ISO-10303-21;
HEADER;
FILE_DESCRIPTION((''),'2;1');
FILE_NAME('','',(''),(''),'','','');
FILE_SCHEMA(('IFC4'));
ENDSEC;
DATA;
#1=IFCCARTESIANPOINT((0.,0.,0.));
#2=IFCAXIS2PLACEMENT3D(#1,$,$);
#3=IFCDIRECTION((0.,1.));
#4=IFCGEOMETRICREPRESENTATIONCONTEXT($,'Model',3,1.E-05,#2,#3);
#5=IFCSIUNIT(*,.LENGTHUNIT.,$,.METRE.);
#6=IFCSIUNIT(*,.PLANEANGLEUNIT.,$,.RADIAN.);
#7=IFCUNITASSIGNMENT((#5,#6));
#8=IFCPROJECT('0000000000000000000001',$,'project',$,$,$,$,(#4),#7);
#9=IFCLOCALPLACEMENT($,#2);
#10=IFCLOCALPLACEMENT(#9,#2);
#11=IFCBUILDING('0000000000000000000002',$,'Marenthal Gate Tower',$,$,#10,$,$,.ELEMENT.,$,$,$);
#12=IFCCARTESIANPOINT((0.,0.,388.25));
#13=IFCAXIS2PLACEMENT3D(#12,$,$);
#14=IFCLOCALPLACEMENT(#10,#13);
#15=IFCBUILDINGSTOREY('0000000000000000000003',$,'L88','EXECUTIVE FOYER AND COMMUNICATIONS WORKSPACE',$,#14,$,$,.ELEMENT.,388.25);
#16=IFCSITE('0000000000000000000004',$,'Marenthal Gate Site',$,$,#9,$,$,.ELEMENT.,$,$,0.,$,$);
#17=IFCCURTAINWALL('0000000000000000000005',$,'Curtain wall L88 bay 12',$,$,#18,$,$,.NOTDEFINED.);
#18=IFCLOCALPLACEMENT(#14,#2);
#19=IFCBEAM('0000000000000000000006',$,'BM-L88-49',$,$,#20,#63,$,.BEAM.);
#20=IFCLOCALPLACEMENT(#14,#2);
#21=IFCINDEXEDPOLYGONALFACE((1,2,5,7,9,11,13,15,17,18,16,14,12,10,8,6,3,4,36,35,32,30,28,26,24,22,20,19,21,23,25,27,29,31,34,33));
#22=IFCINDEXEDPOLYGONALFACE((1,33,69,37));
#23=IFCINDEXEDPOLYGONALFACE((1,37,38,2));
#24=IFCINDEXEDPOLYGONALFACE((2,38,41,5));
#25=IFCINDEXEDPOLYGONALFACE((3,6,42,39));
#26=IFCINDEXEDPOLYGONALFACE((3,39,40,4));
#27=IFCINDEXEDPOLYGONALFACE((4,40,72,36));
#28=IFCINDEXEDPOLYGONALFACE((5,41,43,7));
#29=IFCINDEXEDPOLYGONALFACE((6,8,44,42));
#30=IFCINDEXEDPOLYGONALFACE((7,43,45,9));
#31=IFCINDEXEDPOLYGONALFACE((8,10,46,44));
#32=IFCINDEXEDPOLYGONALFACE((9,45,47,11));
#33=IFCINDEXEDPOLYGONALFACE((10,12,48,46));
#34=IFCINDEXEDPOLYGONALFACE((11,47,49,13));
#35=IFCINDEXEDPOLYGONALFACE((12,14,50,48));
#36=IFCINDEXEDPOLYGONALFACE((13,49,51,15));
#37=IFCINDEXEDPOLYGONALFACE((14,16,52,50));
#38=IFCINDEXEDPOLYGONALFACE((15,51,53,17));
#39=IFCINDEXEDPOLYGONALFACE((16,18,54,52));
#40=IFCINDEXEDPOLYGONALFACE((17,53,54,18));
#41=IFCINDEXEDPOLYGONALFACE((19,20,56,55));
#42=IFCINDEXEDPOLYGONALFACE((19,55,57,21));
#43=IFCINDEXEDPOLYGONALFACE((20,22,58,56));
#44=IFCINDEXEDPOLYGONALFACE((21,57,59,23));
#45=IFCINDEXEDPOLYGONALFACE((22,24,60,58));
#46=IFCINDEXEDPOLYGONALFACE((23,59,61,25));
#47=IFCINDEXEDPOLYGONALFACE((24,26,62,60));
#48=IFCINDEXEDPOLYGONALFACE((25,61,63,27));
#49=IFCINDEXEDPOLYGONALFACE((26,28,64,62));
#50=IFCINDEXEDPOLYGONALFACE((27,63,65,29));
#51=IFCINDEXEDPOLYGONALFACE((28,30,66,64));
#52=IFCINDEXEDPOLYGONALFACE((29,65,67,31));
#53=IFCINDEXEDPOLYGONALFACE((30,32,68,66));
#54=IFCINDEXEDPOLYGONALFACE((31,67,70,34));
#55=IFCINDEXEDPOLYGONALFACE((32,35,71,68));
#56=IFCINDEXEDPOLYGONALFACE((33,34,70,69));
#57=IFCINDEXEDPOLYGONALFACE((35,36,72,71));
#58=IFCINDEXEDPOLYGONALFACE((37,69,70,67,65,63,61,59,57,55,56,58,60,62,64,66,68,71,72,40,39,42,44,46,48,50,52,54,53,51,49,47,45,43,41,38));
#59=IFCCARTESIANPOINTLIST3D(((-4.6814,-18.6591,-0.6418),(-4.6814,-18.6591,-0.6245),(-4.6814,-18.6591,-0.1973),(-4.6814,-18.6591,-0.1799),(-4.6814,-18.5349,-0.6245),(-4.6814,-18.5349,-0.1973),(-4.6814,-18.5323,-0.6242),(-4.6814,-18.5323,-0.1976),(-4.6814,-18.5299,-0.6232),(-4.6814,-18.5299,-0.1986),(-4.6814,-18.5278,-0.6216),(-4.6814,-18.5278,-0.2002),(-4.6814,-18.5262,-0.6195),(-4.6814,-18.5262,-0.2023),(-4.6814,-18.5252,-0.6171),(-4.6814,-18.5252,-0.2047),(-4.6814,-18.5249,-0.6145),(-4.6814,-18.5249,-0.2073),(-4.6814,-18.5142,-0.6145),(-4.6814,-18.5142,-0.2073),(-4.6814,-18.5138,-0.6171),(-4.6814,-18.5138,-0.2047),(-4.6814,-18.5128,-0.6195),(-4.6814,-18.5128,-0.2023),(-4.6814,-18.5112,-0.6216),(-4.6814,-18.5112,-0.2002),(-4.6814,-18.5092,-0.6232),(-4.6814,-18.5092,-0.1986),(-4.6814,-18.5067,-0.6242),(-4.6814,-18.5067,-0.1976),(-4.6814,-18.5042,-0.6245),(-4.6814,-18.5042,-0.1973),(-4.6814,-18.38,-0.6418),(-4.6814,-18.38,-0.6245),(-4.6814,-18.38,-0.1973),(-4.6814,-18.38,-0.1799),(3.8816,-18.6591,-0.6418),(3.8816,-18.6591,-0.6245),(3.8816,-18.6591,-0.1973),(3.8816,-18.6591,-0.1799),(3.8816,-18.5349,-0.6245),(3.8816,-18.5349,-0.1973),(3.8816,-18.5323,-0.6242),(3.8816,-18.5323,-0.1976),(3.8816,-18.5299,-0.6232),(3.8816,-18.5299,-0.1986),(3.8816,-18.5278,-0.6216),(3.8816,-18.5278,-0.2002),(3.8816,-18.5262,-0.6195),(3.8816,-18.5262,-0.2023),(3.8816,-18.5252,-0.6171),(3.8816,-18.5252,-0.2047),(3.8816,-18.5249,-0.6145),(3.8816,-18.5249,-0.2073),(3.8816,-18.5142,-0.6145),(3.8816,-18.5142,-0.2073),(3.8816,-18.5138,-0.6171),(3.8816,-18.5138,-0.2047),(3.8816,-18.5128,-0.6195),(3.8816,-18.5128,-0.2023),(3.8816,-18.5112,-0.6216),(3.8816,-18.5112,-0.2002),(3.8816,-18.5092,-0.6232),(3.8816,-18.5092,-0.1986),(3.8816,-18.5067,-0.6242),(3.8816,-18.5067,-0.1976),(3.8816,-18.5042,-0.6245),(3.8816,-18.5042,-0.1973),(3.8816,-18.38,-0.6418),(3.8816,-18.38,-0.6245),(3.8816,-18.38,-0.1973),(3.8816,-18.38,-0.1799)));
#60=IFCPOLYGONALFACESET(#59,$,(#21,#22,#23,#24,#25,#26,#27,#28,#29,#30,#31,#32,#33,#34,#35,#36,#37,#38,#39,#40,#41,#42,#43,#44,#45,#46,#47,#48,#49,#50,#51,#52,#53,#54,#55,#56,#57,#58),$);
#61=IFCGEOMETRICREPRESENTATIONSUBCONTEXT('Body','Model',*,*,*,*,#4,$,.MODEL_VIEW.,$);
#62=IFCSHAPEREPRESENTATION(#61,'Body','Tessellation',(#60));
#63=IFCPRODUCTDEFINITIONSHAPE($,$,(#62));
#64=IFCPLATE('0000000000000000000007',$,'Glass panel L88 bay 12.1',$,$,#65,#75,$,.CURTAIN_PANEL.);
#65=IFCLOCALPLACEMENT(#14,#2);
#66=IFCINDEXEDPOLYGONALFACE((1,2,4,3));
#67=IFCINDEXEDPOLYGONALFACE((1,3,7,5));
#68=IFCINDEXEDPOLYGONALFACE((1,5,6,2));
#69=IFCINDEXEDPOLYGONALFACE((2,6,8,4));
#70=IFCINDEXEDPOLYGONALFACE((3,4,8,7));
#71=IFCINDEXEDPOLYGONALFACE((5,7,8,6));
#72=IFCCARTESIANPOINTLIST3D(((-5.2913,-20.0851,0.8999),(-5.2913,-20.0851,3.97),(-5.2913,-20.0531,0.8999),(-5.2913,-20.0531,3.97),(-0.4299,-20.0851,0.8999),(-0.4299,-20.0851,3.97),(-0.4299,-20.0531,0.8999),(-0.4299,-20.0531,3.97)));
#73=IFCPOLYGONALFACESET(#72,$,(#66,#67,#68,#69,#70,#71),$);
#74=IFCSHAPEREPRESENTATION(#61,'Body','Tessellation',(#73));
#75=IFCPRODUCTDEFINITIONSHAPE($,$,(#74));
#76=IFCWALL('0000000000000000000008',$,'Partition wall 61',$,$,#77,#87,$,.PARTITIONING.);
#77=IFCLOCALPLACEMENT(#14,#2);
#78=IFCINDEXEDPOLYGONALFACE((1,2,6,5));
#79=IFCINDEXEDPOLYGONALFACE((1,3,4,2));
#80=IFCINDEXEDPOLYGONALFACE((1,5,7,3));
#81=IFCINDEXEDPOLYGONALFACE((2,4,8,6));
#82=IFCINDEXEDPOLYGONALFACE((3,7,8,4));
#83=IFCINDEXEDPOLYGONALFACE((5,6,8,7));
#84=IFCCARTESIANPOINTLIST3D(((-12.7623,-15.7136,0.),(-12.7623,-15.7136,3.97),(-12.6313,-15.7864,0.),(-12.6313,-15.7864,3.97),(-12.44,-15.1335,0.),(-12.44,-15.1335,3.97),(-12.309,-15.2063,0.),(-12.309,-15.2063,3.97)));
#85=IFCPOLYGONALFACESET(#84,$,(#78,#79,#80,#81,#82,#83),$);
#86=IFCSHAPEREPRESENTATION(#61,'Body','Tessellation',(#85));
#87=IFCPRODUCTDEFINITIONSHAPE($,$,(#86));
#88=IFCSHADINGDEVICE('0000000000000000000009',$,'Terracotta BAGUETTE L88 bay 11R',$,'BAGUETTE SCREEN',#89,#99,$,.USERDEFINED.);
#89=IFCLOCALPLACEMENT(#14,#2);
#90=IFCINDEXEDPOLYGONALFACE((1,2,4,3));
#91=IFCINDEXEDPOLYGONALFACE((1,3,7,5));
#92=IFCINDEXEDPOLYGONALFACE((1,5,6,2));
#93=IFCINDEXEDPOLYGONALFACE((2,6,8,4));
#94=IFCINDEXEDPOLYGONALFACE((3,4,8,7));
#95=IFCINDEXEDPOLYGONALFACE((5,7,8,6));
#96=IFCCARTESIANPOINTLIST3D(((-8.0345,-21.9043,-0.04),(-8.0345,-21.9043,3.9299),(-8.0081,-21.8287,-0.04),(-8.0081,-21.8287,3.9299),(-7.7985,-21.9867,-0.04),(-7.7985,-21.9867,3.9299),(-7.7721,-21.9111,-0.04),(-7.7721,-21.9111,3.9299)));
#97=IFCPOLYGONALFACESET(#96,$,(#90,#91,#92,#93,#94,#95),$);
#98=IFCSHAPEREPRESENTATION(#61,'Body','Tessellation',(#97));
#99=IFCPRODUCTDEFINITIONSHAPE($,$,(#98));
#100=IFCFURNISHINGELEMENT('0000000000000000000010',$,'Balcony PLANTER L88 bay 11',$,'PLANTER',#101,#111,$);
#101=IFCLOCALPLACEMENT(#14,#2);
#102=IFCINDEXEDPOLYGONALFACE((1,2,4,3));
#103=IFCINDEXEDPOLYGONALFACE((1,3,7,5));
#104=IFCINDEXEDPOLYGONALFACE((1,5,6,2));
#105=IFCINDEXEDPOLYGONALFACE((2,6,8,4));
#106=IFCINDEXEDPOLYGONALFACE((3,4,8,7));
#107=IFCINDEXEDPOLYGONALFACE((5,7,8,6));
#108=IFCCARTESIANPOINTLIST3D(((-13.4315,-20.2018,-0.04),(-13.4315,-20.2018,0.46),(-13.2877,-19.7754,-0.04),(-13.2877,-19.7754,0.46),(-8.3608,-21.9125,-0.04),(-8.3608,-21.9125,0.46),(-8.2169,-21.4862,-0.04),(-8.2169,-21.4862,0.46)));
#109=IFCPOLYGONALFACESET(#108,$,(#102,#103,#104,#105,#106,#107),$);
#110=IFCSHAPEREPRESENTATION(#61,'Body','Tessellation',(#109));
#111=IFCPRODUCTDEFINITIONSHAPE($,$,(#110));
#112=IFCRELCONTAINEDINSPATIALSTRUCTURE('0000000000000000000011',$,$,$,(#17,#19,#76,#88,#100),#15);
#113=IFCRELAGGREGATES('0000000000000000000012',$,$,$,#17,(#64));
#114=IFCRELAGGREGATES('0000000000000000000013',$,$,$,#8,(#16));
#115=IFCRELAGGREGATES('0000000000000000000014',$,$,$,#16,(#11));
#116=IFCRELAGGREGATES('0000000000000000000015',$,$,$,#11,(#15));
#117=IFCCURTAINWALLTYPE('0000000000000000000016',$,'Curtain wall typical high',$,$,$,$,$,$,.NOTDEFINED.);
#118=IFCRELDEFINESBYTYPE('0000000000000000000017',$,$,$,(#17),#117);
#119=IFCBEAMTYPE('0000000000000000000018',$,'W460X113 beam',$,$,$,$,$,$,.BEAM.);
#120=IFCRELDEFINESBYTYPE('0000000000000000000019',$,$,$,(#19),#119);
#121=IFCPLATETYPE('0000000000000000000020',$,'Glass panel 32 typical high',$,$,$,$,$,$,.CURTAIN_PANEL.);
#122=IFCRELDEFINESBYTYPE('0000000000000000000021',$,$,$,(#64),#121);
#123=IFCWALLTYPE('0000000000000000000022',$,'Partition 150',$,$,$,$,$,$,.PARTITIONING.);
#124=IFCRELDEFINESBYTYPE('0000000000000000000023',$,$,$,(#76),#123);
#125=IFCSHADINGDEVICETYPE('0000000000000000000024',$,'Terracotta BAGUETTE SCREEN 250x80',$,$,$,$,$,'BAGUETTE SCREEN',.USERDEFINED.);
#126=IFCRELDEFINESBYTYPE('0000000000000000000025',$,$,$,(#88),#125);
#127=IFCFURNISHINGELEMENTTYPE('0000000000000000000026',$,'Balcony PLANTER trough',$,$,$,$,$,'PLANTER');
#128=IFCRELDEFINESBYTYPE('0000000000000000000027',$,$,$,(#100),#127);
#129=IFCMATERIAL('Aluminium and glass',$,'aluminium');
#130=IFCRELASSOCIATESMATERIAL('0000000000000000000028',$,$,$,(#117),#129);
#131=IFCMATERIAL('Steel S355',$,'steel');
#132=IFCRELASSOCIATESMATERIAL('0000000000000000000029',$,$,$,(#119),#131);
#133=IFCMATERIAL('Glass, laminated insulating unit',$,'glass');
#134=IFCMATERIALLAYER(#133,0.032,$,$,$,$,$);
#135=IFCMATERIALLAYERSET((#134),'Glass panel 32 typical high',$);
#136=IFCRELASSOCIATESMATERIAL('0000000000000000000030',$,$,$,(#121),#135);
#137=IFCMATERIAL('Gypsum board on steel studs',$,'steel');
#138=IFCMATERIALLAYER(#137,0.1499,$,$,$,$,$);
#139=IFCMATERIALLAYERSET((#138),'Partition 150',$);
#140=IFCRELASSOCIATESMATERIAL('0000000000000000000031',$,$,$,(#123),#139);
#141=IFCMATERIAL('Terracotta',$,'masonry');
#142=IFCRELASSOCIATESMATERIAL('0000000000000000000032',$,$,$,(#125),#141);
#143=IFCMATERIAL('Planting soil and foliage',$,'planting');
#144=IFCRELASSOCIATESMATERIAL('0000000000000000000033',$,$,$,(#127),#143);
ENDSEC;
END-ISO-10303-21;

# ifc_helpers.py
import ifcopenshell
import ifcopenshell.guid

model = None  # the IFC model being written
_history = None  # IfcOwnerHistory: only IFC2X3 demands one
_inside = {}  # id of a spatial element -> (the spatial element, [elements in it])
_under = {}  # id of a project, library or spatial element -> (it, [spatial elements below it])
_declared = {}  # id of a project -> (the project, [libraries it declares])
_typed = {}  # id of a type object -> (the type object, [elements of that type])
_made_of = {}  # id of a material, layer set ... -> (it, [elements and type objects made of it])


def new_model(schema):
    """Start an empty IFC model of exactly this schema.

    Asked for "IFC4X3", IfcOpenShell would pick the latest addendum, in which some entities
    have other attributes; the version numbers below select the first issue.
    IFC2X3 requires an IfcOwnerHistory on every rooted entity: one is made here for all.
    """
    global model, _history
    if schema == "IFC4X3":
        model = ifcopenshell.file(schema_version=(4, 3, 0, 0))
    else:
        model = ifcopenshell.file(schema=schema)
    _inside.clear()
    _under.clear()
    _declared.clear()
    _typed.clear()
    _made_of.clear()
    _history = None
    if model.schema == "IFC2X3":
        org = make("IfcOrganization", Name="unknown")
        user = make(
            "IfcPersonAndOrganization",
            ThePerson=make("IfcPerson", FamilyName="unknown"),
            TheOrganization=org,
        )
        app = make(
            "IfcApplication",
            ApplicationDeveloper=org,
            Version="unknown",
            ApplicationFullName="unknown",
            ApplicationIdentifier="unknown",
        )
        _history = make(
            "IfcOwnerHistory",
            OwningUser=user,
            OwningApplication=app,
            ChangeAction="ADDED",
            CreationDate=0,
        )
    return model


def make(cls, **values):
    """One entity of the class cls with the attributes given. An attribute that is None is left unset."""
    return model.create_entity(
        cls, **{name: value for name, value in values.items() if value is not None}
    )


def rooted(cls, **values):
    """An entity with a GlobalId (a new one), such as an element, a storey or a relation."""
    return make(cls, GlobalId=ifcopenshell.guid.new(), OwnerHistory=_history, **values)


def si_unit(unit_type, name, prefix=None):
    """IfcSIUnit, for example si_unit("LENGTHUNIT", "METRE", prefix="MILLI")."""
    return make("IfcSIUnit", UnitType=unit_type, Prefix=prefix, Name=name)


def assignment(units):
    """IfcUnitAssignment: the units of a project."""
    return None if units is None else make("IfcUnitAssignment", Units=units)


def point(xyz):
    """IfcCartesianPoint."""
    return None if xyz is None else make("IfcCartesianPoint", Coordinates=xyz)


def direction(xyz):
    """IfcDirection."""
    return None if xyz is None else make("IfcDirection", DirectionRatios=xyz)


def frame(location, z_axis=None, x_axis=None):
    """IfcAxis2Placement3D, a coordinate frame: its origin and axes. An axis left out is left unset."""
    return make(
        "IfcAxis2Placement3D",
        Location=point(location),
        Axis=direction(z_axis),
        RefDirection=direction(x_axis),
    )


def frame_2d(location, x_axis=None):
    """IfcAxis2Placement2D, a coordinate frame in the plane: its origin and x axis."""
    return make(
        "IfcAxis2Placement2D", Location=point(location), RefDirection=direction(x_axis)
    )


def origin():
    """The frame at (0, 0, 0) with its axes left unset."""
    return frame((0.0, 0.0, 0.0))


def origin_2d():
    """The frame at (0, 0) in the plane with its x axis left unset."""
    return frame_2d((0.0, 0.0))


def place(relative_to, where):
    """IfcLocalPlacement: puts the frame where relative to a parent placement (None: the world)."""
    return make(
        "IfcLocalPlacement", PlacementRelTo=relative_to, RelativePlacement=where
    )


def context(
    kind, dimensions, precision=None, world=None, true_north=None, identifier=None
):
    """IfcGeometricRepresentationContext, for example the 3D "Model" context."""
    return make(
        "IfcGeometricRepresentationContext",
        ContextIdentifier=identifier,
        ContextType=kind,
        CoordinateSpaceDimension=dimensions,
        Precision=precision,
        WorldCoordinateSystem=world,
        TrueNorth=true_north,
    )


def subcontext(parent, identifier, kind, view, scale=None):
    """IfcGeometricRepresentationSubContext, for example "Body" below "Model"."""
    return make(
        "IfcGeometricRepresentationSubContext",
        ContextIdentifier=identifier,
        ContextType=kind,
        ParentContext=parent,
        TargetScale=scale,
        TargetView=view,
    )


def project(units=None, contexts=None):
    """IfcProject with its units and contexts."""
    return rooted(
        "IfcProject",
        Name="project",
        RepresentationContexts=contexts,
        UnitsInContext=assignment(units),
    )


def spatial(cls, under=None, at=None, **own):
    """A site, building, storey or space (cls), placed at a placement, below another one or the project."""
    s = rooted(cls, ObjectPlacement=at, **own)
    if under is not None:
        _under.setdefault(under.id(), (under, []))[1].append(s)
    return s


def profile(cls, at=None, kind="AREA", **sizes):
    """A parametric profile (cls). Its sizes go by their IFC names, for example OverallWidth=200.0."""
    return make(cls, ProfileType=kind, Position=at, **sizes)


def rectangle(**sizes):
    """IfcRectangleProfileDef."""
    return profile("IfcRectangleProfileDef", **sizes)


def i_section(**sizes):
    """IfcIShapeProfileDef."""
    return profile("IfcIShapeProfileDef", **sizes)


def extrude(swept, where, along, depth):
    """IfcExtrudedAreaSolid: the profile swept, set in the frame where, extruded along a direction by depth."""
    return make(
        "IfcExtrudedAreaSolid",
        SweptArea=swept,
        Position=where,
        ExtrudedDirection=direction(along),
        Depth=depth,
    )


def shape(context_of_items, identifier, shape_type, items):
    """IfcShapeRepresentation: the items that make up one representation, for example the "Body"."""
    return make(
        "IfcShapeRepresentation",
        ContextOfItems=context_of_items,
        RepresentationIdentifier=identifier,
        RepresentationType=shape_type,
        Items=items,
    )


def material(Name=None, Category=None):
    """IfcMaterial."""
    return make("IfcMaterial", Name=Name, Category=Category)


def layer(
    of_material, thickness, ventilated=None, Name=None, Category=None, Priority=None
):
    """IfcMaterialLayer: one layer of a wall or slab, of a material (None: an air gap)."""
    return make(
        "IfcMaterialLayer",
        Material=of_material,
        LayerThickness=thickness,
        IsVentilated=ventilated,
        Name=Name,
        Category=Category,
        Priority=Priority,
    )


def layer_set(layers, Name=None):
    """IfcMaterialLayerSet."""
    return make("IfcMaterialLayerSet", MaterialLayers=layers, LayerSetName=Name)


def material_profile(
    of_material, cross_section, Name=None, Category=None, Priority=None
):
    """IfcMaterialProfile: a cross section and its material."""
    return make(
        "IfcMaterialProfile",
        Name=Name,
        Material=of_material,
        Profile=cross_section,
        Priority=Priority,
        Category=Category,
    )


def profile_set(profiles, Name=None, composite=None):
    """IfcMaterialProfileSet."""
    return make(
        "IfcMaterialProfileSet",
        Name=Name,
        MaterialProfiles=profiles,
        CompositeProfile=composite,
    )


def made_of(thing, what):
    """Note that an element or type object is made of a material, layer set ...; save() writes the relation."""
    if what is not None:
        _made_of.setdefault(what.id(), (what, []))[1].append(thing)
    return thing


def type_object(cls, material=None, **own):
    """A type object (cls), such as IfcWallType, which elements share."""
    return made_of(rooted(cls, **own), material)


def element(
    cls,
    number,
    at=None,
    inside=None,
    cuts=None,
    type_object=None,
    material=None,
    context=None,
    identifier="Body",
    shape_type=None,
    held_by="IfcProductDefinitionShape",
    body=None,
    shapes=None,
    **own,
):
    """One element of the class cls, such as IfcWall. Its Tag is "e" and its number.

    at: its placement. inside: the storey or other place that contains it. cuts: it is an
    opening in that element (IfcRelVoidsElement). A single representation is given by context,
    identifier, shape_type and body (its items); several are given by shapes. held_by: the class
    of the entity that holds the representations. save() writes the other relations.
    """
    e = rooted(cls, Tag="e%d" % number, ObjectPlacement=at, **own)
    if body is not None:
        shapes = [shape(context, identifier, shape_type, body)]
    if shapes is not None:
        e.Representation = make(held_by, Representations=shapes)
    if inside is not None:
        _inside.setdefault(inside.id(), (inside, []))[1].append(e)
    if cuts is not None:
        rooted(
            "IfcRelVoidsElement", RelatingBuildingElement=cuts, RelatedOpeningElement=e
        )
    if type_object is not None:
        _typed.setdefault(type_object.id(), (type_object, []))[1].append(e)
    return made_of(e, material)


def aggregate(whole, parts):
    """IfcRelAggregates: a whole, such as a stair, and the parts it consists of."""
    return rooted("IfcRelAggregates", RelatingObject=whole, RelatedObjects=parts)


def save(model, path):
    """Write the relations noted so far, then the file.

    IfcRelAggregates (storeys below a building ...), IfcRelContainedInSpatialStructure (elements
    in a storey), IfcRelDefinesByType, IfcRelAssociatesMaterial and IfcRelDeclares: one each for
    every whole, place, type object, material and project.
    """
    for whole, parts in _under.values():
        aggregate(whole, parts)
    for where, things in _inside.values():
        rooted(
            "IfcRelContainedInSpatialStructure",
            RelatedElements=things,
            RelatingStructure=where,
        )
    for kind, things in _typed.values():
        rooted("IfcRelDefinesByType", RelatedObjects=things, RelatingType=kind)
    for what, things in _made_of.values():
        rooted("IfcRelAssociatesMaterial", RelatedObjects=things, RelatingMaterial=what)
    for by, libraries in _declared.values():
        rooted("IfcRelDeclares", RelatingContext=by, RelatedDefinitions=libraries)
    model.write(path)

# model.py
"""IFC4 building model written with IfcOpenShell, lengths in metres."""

from ifc_helpers import new_model, si_unit, direction, frame, frame_2d, origin, origin_2d, place, context, subcontext, project, spatial, rectangle, i_section, extrude, material, layer, layer_set, material_profile, profile_set, type_object, element, aggregate, save


model = new_model("IFC4")

# Units and contexts
model_context = context("Model", 3, precision=1e-05, world=origin(), true_north=direction((0.0, 1.0)))
body_context = subcontext(model_context, "Body", "Model", "MODEL_VIEW")
ifc_project = project(units=[si_unit("LENGTHUNIT", "METRE"), si_unit("PLANEANGLEUNIT", "RADIAN")], contexts=[model_context])

# Site, building, storey
site_placement = place(None, origin())
site = spatial("IfcSite", under=ifc_project, at=site_placement, Name="Marenthal Gate Site", CompositionType="ELEMENT", RefElevation=0.0)
building_placement = place(site_placement, origin())
building = spatial("IfcBuilding", under=site, at=building_placement, Name="Marenthal Gate Tower", CompositionType="ELEMENT")
storey_placement = place(building_placement, frame((0.0, 0.0, 388.25)))
storey = spatial("IfcBuildingStorey", under=building, at=storey_placement, Name="L88", Description="EXECUTIVE FOYER AND COMMUNICATIONS WORKSPACE", CompositionType="ELEMENT", Elevation=388.25)

# Curtain wall
ifc_material_1 = material(Name="Aluminium and glass", Category="aluminium")
curtain_wall_type = type_object("IfcCurtainWallType", Name="Curtain wall typical high", PredefinedType="NOTDEFINED", material=ifc_material_1)
curtain_wall_placement = place(storey_placement, origin())
curtain_wall = element("IfcCurtainWall", 1, at=curtain_wall_placement, inside=storey, type_object=curtain_wall_type, Name="Curtain wall L88 bay 12", PredefinedType="NOTDEFINED")

# Beam
ifc_material_2 = material(Name="Steel S355", Category="steel")
ifc_material_profile_1 = material_profile(ifc_material_2, i_section(OverallWidth=0.2791, OverallDepth=0.4619, WebThickness=0.0107, FlangeThickness=0.0173, FilletRadius=0.01, at=origin_2d()), Name="W460X113")
ifc_profile_set_1 = profile_set([ifc_material_profile_1], Name="Steel S355")
beam_type_1 = type_object("IfcBeamType", Name="W460X113 beam", PredefinedType="BEAM", material=ifc_profile_set_1)
beam_1_placement = place(storey_placement, frame((-4.6814, -18.5195, -0.4109), z_axis=(1.0, 0.0, 0.0), x_axis=(0.0, 1.0, 0.0)))
element("IfcBeam", 2, at=beam_1_placement, inside=storey, type_object=beam_type_1, Name="BM-L88-49", PredefinedType="BEAM", context=body_context, shape_type="SweptSolid", body=[
    extrude(i_section(OverallWidth=0.2791, OverallDepth=0.4619, WebThickness=0.0107, FlangeThickness=0.0173, FilletRadius=0.01, at=origin_2d()), origin(), (0.0, 0.0, 1.0), 8.563),
])

# Plate
ifc_material_3 = material(Name="Glass, laminated insulating unit", Category="glass")
ifc_layer_1 = layer(ifc_material_3, 0.032)
ifc_layer_set_1 = layer_set([ifc_layer_1], Name="Glass panel 32 typical high")
plate_type = type_object("IfcPlateType", Name="Glass panel 32 typical high", PredefinedType="CURTAIN_PANEL", material=ifc_layer_set_1)
plate_placement = place(storey_placement, frame((-2.8606, -20.0691, 0.8999), z_axis=(0.0, 0.0, 1.0), x_axis=(1.0, 0.0, 0.0)))
plate = element("IfcPlate", 3, at=plate_placement, type_object=plate_type, Name="Glass panel L88 bay 12.1", PredefinedType="CURTAIN_PANEL", context=body_context, shape_type="SweptSolid", body=[
    extrude(rectangle(XDim=4.8613, YDim=0.032, at=origin_2d()), origin(), (0.0, 0.0, 1.0), 3.0701),
])
aggregate(curtain_wall, [plate])

# Wall
ifc_material_4 = material(Name="Gypsum board on steel studs", Category="steel")
ifc_layer_2 = layer(ifc_material_4, 0.1499)
ifc_layer_set_2 = layer_set([ifc_layer_2], Name="Partition 150")
wall_type = type_object("IfcWallType", Name="Partition 150", PredefinedType="PARTITIONING", material=ifc_layer_set_2)
wall_placement = place(storey_placement, frame((-12.6968, -15.75, 0.0), z_axis=(0.0, 0.0, 1.0), x_axis=(0.485643, 0.874157, 0.0)))
element("IfcWall", 4, at=wall_placement, inside=storey, type_object=wall_type, Name="Partition wall 61", PredefinedType="PARTITIONING", context=body_context, shape_type="SweptSolid", body=[
    extrude(rectangle(XDim=0.6636, YDim=0.1499, at=frame_2d((0.3318, 0.0))), origin(), (0.0, 0.0, 1.0), 3.97),
])

# Shading device
ifc_material_5 = material(Name="Terracotta", Category="masonry")
ifc_material_profile_2 = material_profile(ifc_material_5, rectangle(XDim=0.25, YDim=0.0801, at=origin_2d()), Name="Terracotta baguette 250x80")
ifc_profile_set_2 = profile_set([ifc_material_profile_2], Name="Terracotta")
shading_device_type = type_object("IfcShadingDeviceType", Name="Terracotta BAGUETTE SCREEN 250x80", ElementType="BAGUETTE SCREEN", PredefinedType="USERDEFINED", material=ifc_profile_set_2)
shading_device_placement = place(storey_placement, frame((-7.9033, -21.9077, -0.04), z_axis=(0.0, 0.0, 1.0), x_axis=(0.944045, -0.329817, 0.0)))
element("IfcShadingDevice", 5, at=shading_device_placement, inside=storey, type_object=shading_device_type, Name="Terracotta BAGUETTE L88 bay 11R", ObjectType="BAGUETTE SCREEN", PredefinedType="USERDEFINED", context=body_context, shape_type="SweptSolid", body=[
    extrude(rectangle(XDim=0.25, YDim=0.0801, at=origin_2d()), origin(), (0.0, 0.0, 1.0), 3.97),
])

# Furnishing element
ifc_material_6 = material(Name="Planting soil and foliage", Category="planting")
furnishing_element_type = type_object("IfcFurnishingElementType", Name="Balcony PLANTER trough", ElementType="PLANTER", material=ifc_material_6)
furnishing_placement = place(storey_placement, frame((-10.8242, -20.844, -0.04), z_axis=(0.0, 0.0, 1.0), x_axis=(0.947527, -0.319676, 0.0)))
element("IfcFurnishingElement", 6, at=furnishing_placement, inside=storey, type_object=furnishing_element_type, Name="Balcony PLANTER L88 bay 11", ObjectType="PLANTER", context=body_context, shape_type="SweptSolid", body=[
    extrude(rectangle(XDim=5.3516, YDim=0.45, at=origin_2d()), origin(), (0.0, 0.0, 1.0), 0.5),
])

save(model, "model.ifc")
